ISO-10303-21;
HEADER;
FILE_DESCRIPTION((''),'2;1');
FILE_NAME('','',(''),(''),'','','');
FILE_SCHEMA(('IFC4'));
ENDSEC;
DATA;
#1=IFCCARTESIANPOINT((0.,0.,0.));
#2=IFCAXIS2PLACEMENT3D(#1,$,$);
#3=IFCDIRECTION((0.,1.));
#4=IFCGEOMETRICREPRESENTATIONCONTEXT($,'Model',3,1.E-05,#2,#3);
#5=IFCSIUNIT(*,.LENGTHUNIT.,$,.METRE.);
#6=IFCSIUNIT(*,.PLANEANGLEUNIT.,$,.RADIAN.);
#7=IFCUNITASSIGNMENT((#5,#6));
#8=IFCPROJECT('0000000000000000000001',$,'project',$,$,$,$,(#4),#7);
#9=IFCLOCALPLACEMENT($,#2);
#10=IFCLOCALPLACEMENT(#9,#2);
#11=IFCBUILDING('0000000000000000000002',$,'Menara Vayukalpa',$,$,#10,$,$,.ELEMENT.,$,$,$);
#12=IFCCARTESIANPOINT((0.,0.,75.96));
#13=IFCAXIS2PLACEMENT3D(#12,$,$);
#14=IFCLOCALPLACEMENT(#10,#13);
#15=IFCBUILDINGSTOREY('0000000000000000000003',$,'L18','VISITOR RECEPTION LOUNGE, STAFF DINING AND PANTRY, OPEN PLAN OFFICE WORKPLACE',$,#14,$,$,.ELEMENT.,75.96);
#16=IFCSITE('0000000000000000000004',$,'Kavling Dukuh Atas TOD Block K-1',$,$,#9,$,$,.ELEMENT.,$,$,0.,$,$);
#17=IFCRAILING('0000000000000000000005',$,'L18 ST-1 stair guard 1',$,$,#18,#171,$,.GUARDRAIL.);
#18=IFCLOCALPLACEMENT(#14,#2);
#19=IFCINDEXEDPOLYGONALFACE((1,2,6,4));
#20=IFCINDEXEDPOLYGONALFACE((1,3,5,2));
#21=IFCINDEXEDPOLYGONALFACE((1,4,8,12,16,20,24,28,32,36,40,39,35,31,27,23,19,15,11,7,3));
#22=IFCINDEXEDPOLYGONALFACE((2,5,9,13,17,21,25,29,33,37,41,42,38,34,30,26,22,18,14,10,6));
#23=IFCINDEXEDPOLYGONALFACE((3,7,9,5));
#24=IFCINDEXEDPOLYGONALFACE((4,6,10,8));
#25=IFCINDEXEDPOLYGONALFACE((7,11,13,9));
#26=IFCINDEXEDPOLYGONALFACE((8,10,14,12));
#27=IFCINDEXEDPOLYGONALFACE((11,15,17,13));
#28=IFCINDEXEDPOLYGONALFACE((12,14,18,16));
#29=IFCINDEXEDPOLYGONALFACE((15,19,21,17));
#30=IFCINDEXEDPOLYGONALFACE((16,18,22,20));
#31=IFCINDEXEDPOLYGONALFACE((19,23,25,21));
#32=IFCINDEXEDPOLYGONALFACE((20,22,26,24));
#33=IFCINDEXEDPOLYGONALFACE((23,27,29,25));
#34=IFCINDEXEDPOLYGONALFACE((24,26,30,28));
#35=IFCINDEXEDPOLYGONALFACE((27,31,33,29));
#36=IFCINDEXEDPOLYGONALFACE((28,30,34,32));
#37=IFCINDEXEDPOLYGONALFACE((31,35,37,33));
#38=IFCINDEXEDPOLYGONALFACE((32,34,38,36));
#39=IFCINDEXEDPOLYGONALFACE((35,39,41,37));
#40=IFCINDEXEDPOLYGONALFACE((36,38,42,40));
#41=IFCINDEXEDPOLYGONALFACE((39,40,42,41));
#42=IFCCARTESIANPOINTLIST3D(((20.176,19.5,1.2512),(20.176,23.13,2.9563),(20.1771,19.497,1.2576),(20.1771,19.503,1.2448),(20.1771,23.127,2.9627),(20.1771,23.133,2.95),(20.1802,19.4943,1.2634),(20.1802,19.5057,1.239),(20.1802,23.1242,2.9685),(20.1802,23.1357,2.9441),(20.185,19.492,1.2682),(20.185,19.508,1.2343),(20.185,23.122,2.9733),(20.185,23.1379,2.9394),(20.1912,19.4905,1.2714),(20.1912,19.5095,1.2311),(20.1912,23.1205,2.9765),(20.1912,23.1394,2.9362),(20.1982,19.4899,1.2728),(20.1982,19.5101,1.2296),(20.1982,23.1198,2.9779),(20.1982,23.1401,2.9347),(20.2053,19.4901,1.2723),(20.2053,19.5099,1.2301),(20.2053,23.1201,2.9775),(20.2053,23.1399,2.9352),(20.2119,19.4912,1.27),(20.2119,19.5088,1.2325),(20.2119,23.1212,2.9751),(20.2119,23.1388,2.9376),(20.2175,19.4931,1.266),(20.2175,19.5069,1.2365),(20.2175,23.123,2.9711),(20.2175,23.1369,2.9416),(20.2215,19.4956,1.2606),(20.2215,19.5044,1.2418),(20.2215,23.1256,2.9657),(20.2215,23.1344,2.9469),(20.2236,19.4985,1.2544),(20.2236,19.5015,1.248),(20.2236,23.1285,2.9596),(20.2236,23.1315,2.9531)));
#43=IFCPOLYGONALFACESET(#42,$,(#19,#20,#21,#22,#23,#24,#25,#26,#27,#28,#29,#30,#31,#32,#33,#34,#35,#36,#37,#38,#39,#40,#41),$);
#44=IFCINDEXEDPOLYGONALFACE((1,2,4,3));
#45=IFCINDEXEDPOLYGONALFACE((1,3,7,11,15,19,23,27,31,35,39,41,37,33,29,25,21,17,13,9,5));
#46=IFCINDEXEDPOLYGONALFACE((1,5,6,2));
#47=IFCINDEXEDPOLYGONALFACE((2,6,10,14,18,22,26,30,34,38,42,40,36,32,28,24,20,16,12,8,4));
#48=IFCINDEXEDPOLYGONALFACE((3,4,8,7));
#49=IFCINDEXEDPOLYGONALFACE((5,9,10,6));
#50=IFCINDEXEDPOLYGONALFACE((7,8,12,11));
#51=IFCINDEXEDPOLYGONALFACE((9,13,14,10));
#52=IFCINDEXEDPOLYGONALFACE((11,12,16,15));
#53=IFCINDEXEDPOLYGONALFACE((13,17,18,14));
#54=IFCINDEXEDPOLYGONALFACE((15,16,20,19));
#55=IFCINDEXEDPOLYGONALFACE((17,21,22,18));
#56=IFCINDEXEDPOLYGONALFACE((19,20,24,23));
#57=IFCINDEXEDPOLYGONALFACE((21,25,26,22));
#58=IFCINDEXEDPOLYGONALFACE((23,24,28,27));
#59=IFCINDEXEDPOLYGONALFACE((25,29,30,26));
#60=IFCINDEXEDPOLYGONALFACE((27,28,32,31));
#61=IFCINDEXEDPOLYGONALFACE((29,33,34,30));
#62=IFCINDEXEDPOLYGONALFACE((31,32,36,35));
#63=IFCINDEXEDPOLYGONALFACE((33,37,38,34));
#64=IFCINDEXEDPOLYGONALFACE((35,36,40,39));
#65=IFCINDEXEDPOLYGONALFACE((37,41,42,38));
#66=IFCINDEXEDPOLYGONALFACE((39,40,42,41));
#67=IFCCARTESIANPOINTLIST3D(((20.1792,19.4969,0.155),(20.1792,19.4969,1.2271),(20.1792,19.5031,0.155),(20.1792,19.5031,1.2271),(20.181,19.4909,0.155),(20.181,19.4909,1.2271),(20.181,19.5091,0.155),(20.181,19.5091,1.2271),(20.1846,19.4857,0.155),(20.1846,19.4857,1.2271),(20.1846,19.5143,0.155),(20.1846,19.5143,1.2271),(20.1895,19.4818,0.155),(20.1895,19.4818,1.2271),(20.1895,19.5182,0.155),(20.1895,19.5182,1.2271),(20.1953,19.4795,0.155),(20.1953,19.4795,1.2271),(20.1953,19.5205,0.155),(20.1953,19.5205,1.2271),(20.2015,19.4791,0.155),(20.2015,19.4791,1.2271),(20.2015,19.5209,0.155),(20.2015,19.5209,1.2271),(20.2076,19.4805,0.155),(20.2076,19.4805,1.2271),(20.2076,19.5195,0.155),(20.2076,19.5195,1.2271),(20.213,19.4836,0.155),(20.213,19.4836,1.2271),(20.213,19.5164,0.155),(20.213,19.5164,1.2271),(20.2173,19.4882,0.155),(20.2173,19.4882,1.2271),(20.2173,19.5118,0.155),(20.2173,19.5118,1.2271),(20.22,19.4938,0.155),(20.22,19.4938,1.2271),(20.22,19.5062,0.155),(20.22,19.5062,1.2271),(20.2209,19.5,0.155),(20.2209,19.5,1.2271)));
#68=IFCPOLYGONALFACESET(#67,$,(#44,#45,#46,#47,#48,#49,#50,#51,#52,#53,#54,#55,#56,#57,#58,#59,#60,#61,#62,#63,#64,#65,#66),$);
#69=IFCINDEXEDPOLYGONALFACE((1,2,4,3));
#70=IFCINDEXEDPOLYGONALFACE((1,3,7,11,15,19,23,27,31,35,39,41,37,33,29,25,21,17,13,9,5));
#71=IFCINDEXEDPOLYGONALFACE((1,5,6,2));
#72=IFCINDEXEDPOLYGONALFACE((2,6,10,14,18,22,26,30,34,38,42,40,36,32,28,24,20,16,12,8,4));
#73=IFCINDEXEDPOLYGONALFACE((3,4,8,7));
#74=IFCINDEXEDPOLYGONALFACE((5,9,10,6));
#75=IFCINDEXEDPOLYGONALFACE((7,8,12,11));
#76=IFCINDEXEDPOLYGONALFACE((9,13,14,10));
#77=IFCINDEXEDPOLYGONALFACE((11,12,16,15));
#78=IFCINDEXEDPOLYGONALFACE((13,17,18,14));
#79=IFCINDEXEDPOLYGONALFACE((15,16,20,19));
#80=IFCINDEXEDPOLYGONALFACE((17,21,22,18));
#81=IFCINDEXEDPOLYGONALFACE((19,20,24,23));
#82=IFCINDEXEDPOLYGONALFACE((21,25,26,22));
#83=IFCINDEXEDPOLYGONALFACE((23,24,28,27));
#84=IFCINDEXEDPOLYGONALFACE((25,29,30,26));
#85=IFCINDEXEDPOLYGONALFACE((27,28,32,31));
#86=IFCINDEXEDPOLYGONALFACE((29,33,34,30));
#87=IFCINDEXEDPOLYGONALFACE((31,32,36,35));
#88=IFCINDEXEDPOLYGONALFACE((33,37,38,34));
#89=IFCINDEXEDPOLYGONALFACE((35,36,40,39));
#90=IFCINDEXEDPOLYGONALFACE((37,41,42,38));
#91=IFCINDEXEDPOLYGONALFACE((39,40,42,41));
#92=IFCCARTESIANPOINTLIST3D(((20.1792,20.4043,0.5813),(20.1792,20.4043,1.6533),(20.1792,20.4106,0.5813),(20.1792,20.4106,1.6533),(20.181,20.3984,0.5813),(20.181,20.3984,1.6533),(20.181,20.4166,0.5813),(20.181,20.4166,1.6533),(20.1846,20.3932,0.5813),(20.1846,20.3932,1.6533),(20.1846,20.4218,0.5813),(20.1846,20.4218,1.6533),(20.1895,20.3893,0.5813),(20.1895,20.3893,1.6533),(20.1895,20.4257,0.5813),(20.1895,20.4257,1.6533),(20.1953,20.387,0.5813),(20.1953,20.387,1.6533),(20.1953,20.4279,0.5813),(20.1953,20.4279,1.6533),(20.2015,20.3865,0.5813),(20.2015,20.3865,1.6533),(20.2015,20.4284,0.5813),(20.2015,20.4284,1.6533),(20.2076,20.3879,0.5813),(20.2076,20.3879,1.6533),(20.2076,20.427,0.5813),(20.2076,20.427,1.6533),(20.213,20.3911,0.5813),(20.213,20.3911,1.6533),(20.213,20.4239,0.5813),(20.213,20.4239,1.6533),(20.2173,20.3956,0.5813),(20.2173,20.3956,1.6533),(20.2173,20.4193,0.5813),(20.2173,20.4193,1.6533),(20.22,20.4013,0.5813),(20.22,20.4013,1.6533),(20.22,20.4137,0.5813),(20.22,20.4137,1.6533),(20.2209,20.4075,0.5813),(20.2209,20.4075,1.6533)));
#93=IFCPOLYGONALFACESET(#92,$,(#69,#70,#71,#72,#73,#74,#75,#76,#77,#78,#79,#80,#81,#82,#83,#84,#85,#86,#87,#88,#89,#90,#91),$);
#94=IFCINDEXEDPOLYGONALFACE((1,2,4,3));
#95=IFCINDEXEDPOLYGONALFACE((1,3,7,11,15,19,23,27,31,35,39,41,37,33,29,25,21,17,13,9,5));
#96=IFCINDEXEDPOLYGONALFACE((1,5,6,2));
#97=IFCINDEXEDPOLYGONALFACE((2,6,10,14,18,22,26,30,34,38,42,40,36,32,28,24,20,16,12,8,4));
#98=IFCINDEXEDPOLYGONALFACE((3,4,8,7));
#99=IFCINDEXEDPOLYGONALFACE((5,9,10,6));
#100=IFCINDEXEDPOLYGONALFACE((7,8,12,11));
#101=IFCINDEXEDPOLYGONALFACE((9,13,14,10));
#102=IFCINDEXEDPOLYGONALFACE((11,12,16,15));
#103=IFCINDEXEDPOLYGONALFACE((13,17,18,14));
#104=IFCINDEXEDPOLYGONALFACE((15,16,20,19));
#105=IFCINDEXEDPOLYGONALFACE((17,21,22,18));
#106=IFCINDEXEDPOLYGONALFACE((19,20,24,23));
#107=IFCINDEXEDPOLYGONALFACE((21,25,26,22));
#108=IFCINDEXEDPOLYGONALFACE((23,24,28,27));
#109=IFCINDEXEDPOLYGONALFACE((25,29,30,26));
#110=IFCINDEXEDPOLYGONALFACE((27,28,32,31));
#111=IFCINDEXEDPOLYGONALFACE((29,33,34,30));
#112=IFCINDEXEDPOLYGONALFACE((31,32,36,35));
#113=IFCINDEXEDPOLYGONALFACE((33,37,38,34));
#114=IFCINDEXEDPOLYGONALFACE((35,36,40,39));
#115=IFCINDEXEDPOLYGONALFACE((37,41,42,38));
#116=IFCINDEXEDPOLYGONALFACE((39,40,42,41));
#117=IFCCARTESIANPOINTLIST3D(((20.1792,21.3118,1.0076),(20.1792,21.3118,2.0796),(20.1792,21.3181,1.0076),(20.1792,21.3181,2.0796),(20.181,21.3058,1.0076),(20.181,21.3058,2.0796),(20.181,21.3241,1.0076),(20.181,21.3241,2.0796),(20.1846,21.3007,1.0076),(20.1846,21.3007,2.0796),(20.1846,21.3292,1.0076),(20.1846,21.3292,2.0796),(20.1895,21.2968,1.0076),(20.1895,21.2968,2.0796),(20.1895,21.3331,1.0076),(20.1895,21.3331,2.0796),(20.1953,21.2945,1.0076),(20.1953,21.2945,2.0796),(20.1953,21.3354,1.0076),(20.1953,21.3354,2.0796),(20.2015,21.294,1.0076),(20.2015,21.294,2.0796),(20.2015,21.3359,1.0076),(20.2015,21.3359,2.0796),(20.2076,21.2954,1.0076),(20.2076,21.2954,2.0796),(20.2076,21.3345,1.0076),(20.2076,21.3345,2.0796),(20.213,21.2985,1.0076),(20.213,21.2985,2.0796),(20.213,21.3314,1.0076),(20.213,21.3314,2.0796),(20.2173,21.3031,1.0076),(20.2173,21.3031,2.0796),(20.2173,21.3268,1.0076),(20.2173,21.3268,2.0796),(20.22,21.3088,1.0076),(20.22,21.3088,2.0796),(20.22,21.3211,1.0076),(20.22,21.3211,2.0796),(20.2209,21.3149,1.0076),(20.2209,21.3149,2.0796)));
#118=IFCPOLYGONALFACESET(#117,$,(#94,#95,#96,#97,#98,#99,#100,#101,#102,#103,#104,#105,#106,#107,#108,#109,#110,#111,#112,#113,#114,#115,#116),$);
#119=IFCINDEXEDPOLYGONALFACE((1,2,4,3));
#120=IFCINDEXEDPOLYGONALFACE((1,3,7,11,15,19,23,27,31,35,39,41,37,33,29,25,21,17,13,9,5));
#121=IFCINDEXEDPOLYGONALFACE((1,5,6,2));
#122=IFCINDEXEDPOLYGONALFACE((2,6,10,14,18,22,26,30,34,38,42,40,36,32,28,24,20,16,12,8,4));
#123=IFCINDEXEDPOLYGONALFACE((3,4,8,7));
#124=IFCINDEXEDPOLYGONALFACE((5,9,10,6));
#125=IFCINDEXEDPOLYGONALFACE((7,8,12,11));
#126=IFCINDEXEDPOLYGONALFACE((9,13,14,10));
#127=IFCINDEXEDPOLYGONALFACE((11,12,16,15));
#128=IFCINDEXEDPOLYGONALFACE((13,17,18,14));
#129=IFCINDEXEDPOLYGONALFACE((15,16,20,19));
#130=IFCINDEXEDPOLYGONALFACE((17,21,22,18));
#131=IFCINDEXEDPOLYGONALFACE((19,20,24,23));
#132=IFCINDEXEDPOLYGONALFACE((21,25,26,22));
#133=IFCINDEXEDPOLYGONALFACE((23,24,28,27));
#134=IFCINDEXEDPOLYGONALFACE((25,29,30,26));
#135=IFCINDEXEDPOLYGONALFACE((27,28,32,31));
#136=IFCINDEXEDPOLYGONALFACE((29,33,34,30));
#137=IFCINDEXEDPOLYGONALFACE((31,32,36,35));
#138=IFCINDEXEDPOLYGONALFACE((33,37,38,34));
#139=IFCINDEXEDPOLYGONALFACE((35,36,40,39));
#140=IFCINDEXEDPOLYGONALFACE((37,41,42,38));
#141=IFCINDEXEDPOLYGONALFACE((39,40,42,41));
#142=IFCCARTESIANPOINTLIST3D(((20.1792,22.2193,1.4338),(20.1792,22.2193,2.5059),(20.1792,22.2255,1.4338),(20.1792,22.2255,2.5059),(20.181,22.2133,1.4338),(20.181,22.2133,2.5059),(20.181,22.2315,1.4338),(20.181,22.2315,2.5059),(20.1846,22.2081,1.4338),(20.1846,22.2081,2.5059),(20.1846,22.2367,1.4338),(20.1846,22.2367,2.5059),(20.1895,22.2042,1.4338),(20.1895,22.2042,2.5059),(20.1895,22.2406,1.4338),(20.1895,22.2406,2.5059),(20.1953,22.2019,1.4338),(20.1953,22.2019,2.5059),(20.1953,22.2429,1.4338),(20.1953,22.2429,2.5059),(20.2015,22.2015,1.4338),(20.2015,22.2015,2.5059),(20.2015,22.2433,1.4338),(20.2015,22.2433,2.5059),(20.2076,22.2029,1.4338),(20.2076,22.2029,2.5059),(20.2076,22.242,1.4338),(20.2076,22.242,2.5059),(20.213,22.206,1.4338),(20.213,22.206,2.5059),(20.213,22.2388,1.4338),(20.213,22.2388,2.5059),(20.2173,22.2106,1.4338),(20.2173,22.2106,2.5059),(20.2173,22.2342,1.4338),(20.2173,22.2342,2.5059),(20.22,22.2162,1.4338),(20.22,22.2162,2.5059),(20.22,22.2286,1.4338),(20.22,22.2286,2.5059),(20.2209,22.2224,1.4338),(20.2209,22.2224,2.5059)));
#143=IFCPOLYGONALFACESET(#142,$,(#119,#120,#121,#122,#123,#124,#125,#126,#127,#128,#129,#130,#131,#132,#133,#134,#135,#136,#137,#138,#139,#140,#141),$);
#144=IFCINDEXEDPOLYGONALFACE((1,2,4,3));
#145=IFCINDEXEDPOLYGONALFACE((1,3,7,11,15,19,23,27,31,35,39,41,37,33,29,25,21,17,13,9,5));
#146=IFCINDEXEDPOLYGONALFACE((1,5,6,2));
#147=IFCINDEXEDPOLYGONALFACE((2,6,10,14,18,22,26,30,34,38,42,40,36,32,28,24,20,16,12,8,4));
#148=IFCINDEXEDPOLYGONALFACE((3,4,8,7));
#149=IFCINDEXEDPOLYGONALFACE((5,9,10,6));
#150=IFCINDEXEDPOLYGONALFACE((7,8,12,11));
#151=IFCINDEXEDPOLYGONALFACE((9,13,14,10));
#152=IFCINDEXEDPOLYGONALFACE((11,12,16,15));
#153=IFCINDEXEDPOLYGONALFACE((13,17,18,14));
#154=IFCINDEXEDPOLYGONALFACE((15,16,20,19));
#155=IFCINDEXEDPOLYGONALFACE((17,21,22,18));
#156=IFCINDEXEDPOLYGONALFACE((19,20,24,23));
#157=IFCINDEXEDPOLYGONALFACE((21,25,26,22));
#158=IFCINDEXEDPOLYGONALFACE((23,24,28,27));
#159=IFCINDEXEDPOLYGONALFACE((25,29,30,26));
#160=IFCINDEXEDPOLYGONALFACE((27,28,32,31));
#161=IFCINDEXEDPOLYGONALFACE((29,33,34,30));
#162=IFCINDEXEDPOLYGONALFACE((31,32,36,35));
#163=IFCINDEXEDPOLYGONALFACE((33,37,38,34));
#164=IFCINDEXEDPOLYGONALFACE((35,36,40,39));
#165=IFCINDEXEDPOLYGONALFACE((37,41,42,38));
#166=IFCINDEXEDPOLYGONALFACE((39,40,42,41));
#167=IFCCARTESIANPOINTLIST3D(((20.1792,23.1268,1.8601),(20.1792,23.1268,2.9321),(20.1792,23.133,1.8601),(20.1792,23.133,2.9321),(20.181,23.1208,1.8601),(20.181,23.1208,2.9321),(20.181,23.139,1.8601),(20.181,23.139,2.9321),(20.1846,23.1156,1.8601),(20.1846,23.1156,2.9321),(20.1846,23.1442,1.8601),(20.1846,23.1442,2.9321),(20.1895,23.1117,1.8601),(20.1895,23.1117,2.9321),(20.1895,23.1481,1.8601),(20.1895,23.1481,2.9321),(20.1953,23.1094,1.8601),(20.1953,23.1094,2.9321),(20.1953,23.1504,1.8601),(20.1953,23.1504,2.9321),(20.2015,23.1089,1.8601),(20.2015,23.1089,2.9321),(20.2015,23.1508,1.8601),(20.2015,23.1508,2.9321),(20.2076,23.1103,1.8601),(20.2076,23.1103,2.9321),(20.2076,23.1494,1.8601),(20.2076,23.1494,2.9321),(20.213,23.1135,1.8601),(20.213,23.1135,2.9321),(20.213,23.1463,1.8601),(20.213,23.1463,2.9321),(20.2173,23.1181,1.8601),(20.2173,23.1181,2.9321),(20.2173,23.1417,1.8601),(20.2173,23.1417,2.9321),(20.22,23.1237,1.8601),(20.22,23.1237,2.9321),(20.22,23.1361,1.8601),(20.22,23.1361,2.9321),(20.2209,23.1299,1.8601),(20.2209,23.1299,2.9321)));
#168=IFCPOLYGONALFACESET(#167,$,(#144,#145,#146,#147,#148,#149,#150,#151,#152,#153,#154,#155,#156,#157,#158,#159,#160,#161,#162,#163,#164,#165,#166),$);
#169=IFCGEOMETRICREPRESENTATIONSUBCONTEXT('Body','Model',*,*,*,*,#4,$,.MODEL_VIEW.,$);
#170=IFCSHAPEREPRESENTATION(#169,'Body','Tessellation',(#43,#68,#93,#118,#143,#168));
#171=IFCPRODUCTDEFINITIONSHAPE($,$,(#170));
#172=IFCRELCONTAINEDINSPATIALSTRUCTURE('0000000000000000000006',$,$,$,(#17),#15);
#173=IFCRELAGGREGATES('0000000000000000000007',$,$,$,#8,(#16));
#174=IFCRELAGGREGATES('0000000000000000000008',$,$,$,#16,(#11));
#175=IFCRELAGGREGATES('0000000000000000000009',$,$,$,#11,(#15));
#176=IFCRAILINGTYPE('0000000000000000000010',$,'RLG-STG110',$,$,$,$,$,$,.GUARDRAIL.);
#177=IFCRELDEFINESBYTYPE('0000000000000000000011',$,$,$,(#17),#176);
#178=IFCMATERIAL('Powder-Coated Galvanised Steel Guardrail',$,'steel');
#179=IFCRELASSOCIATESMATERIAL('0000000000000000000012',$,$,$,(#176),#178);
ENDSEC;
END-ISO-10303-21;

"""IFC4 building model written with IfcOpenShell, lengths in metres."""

from ifc_helpers import new_model, si_unit, direction, frame, origin, origin_2d, place, context, subcontext, project, spatial, circle, extrude, material, type_object, element, save


model = new_model("IFC4")

# Units and contexts
model_context = context("Model", 3, precision=1e-05, world=origin(), true_north=direction((0.0, 1.0)))
body_context = subcontext(model_context, "Body", "Model", "MODEL_VIEW")
ifc_project = project(units=[si_unit("LENGTHUNIT", "METRE"), si_unit("PLANEANGLEUNIT", "RADIAN")], contexts=[model_context])

# Site, building, storey
site_placement = place(None, origin())
site = spatial("IfcSite", under=ifc_project, at=site_placement, Name="Kavling Dukuh Atas TOD Block K-1", CompositionType="ELEMENT", RefElevation=0.0)
building_placement = place(site_placement, origin())
building = spatial("IfcBuilding", under=site, at=building_placement, Name="Menara Vayukalpa", CompositionType="ELEMENT")
storey_placement = place(building_placement, frame((0.0, 0.0, 75.96)))
storey = spatial("IfcBuildingStorey", under=building, at=storey_placement, Name="L18", Description="VISITOR RECEPTION LOUNGE, STAFF DINING AND PANTRY, OPEN PLAN OFFICE WORKPLACE", CompositionType="ELEMENT", Elevation=75.96)

# Railing
ifc_material_1 = material(Name="Powder-Coated Galvanised Steel Guardrail", Category="steel")
railing_type_1 = type_object("IfcRailingType", Name="RLG-STG110", PredefinedType="GUARDRAIL", material=ifc_material_1)
railing_1_placement = place(storey_placement, frame((20.2, 19.5, 0.155)))
element("IfcRailing", 1, at=railing_1_placement, inside=storey, type_object=railing_type_1, Name="L18 ST-1 stair guard 1", PredefinedType="GUARDRAIL", context=body_context, shape_type="SweptSolid", body=[
    extrude(circle(Radius=0.0239, at=origin_2d()), frame((0.0, 0.0, 1.0962), z_axis=(0.0, 0.905116, 0.425164), x_axis=(-1.0, 0.0, 0.0)), (0.0, 0.0, 1.0), 4.0105),
    extrude(circle(Radius=0.021, at=origin_2d()), origin(), (0.0, 0.0, 1.0), 1.072),
    extrude(circle(Radius=0.021, at=origin_2d()), frame((0.0, 0.9075, 0.4263)), (0.0, 0.0, 1.0), 1.072),
    extrude(circle(Radius=0.021, at=origin_2d()), frame((0.0, 1.8149, 0.8525)), (0.0, 0.0, 1.0), 1.072),
    extrude(circle(Radius=0.021, at=origin_2d()), frame((0.0, 2.7224, 1.2788)), (0.0, 0.0, 1.0), 1.072),
    extrude(circle(Radius=0.021, at=origin_2d()), frame((0.0, 3.6299, 1.7051)), (0.0, 0.0, 1.0), 1.072),
])

save(model, "model.ifc")
